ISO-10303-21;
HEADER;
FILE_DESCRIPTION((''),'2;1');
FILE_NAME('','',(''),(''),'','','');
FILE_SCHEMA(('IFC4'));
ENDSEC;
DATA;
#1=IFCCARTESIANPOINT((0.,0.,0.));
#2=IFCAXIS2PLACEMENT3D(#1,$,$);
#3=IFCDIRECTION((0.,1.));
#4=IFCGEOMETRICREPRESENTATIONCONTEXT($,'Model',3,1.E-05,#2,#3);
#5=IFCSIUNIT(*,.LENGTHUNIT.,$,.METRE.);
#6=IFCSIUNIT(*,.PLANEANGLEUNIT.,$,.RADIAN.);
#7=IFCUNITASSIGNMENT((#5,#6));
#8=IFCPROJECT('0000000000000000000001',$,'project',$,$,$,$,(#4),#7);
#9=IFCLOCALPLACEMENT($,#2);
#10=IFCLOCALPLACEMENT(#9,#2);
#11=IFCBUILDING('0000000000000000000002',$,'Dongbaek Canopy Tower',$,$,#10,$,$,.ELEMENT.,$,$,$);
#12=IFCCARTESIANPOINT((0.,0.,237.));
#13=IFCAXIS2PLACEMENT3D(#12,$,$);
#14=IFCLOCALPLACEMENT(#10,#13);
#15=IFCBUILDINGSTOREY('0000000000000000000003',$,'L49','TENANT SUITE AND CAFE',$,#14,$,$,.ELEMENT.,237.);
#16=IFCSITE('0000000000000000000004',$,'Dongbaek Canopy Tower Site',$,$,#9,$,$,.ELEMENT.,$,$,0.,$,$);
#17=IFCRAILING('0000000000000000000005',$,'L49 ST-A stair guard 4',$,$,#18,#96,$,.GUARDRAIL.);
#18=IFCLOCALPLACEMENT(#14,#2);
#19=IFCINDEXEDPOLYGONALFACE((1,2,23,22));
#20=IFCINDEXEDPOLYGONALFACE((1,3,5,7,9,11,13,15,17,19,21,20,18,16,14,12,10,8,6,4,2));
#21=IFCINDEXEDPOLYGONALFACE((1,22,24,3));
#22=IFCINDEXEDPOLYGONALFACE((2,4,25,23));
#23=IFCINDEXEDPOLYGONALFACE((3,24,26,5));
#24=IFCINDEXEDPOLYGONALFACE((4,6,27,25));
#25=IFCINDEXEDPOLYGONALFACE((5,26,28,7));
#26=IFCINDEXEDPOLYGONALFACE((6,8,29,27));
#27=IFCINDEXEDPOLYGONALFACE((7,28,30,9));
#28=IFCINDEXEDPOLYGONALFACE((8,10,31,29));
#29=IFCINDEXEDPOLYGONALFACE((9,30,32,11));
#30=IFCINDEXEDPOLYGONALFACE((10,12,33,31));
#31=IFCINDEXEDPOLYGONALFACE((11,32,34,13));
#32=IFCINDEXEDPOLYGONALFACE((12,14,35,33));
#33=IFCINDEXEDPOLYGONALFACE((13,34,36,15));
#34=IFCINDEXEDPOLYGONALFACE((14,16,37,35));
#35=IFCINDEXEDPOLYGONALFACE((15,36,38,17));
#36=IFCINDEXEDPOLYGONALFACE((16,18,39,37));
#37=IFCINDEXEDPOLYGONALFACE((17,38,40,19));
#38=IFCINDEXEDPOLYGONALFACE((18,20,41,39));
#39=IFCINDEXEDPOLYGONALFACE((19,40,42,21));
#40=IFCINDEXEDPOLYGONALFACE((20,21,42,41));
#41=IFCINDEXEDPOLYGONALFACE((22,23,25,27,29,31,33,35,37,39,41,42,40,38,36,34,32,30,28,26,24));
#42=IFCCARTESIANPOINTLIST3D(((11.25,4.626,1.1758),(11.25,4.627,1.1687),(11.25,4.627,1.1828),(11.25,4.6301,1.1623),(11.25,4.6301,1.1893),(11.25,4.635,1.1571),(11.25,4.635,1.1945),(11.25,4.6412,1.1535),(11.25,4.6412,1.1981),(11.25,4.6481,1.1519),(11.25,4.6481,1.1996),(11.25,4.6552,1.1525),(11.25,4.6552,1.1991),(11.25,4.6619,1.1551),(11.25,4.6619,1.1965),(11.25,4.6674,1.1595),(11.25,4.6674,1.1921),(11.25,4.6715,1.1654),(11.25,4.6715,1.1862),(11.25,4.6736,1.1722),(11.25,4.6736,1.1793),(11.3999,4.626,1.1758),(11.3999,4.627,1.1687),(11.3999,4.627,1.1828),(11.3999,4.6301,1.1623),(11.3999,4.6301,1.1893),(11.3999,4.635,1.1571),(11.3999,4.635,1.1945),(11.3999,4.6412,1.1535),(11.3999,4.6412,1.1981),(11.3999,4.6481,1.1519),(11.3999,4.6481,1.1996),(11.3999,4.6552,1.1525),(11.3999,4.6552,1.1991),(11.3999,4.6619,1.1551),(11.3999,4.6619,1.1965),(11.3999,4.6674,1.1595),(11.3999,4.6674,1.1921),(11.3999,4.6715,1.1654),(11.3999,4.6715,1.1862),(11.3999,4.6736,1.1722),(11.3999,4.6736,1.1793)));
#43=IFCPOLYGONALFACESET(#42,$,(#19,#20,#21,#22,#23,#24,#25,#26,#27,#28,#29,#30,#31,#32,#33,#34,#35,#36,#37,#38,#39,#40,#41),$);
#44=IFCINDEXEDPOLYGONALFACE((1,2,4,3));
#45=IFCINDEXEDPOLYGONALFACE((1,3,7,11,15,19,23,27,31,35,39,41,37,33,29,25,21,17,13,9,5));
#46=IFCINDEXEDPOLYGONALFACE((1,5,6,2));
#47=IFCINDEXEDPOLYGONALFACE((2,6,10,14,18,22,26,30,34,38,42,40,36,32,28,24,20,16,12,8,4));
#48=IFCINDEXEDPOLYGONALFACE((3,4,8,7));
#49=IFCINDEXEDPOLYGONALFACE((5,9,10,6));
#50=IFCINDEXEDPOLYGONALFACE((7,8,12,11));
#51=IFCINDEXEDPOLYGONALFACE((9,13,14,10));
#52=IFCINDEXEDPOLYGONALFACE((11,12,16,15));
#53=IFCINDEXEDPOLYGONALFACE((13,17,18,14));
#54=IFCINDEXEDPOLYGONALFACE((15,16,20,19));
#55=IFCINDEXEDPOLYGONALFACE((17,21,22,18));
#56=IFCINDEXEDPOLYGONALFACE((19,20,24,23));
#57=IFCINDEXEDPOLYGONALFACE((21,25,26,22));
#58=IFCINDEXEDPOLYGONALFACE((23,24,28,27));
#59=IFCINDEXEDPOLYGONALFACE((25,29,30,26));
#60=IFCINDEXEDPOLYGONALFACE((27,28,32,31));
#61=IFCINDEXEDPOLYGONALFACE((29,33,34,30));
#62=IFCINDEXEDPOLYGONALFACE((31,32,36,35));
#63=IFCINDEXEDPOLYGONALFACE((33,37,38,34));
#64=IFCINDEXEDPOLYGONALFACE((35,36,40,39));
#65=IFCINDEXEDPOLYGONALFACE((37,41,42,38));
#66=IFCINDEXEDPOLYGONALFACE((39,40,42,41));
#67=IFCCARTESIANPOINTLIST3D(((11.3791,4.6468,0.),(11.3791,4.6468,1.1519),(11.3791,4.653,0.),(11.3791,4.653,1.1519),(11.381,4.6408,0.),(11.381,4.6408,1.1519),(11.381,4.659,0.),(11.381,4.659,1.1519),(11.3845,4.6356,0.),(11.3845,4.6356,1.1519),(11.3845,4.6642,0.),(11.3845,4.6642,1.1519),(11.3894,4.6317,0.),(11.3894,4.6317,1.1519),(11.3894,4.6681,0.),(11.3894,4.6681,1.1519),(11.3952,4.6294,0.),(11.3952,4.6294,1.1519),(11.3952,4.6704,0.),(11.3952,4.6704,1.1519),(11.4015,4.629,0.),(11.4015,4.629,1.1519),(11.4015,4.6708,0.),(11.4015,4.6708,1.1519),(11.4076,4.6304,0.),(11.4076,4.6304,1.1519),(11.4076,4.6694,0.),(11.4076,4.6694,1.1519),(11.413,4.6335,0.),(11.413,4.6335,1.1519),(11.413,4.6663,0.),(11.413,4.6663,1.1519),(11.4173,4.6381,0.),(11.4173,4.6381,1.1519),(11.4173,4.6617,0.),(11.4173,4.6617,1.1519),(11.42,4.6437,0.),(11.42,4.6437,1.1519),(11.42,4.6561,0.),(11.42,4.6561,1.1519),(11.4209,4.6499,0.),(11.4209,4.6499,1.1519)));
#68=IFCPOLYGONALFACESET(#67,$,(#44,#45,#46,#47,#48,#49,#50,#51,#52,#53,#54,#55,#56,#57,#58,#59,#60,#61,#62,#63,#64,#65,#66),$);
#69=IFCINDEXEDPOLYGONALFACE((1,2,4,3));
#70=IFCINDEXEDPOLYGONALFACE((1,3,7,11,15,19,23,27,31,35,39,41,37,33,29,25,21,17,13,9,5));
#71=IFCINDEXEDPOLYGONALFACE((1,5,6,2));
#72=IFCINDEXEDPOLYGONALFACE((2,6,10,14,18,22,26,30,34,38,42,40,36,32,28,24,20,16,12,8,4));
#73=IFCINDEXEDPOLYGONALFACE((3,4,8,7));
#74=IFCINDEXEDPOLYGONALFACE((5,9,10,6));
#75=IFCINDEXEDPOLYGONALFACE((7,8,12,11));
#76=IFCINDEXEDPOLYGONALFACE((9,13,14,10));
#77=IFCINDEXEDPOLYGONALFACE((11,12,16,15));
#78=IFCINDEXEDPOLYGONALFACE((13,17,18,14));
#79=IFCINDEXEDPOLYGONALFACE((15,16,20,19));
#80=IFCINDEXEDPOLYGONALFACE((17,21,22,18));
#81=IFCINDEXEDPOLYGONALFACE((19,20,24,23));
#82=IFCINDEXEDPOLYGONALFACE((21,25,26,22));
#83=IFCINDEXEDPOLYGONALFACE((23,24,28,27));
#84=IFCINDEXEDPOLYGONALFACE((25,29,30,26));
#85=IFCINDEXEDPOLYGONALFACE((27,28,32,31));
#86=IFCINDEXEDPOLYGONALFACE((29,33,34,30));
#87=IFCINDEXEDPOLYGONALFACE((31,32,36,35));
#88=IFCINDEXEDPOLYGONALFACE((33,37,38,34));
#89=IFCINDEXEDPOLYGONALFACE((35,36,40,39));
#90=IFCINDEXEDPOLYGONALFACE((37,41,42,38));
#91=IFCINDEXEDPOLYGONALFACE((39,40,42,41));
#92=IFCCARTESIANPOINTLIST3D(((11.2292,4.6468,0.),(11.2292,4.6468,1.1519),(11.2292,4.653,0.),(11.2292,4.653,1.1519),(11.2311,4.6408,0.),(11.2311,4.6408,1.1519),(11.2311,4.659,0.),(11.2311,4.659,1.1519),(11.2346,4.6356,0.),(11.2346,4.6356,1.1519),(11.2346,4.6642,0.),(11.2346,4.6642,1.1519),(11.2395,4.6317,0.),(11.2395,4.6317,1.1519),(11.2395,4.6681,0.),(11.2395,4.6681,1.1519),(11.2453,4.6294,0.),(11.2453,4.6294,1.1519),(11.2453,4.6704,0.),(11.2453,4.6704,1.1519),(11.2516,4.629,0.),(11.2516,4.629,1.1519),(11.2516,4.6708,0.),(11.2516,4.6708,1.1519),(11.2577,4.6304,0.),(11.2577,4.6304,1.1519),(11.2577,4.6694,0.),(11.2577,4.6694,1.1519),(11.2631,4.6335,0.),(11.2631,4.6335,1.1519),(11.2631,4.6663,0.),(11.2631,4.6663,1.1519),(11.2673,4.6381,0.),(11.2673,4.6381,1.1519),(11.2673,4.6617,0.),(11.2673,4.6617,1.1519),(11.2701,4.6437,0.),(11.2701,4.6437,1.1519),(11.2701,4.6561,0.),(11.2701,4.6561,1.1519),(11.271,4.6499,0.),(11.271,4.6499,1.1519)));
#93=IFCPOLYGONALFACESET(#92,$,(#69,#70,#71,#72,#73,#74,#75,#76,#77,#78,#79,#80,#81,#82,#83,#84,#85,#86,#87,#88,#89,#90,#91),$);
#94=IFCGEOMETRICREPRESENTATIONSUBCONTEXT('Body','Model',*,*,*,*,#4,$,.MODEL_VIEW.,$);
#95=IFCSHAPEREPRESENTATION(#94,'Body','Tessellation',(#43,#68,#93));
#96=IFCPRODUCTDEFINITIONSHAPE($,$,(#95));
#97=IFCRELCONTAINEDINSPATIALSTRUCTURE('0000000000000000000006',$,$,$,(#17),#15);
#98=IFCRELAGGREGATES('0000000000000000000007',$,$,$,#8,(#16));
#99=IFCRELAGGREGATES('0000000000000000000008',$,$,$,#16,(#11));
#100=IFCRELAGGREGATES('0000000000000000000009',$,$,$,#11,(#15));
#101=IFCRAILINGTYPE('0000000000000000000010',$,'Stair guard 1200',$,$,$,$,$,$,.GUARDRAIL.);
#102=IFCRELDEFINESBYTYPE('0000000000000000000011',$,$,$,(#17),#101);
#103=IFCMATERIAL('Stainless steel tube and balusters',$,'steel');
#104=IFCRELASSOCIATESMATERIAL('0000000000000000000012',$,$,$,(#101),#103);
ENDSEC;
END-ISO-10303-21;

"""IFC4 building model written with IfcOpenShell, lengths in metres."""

from ifc_helpers import new_model, si_unit, direction, frame, origin, origin_2d, place, context, subcontext, project, spatial, circle, extrude, material, type_object, element, save


model = new_model("IFC4")

# Units and contexts
model_context = context("Model", 3, precision=1e-05, world=origin(), true_north=direction((0.0, 1.0)))
body_context = subcontext(model_context, "Body", "Model", "MODEL_VIEW")
ifc_project = project(units=[si_unit("LENGTHUNIT", "METRE"), si_unit("PLANEANGLEUNIT", "RADIAN")], contexts=[model_context])

# Site, building, storey
site_placement = place(None, origin())
site = spatial("IfcSite", under=ifc_project, at=site_placement, Name="Dongbaek Canopy Tower Site", CompositionType="ELEMENT", RefElevation=0.0)
building_placement = place(site_placement, origin())
building = spatial("IfcBuilding", under=site, at=building_placement, Name="Dongbaek Canopy Tower", CompositionType="ELEMENT")
storey_placement = place(building_placement, frame((0.0, 0.0, 237.0)))
storey = spatial("IfcBuildingStorey", under=building, at=storey_placement, Name="L49", Description="TENANT SUITE AND CAFE", CompositionType="ELEMENT", Elevation=237.0)

# Railing
ifc_material_1 = material(Name="Stainless steel tube and balusters", Category="steel")
railing_type_1 = type_object("IfcRailingType", Name="Stair guard 1200", PredefinedType="GUARDRAIL", material=ifc_material_1)
railing_1_placement = place(storey_placement, frame((11.3999, 4.6499, 0.0)))
element("IfcRailing", 1, at=railing_1_placement, inside=storey, type_object=railing_type_1, Name="L49 ST-A stair guard 4", PredefinedType="GUARDRAIL", context=body_context, shape_type="SweptSolid", body=[
    extrude(circle(Radius=0.0239, at=origin_2d()), frame((0.0, 0.0, 1.1758), z_axis=(-1.0, 0.0, 0.0), x_axis=(0.0, -1.0, 0.0)), (0.0, 0.0, 1.0), 0.1499),
    extrude(circle(Radius=0.021, at=origin_2d()), origin(), (0.0, 0.0, 1.0), 1.1519),
    extrude(circle(Radius=0.021, at=origin_2d()), frame((-0.1499, 0.0, 0.0)), (0.0, 0.0, 1.0), 1.1519),
])

save(model, "model.ifc")
